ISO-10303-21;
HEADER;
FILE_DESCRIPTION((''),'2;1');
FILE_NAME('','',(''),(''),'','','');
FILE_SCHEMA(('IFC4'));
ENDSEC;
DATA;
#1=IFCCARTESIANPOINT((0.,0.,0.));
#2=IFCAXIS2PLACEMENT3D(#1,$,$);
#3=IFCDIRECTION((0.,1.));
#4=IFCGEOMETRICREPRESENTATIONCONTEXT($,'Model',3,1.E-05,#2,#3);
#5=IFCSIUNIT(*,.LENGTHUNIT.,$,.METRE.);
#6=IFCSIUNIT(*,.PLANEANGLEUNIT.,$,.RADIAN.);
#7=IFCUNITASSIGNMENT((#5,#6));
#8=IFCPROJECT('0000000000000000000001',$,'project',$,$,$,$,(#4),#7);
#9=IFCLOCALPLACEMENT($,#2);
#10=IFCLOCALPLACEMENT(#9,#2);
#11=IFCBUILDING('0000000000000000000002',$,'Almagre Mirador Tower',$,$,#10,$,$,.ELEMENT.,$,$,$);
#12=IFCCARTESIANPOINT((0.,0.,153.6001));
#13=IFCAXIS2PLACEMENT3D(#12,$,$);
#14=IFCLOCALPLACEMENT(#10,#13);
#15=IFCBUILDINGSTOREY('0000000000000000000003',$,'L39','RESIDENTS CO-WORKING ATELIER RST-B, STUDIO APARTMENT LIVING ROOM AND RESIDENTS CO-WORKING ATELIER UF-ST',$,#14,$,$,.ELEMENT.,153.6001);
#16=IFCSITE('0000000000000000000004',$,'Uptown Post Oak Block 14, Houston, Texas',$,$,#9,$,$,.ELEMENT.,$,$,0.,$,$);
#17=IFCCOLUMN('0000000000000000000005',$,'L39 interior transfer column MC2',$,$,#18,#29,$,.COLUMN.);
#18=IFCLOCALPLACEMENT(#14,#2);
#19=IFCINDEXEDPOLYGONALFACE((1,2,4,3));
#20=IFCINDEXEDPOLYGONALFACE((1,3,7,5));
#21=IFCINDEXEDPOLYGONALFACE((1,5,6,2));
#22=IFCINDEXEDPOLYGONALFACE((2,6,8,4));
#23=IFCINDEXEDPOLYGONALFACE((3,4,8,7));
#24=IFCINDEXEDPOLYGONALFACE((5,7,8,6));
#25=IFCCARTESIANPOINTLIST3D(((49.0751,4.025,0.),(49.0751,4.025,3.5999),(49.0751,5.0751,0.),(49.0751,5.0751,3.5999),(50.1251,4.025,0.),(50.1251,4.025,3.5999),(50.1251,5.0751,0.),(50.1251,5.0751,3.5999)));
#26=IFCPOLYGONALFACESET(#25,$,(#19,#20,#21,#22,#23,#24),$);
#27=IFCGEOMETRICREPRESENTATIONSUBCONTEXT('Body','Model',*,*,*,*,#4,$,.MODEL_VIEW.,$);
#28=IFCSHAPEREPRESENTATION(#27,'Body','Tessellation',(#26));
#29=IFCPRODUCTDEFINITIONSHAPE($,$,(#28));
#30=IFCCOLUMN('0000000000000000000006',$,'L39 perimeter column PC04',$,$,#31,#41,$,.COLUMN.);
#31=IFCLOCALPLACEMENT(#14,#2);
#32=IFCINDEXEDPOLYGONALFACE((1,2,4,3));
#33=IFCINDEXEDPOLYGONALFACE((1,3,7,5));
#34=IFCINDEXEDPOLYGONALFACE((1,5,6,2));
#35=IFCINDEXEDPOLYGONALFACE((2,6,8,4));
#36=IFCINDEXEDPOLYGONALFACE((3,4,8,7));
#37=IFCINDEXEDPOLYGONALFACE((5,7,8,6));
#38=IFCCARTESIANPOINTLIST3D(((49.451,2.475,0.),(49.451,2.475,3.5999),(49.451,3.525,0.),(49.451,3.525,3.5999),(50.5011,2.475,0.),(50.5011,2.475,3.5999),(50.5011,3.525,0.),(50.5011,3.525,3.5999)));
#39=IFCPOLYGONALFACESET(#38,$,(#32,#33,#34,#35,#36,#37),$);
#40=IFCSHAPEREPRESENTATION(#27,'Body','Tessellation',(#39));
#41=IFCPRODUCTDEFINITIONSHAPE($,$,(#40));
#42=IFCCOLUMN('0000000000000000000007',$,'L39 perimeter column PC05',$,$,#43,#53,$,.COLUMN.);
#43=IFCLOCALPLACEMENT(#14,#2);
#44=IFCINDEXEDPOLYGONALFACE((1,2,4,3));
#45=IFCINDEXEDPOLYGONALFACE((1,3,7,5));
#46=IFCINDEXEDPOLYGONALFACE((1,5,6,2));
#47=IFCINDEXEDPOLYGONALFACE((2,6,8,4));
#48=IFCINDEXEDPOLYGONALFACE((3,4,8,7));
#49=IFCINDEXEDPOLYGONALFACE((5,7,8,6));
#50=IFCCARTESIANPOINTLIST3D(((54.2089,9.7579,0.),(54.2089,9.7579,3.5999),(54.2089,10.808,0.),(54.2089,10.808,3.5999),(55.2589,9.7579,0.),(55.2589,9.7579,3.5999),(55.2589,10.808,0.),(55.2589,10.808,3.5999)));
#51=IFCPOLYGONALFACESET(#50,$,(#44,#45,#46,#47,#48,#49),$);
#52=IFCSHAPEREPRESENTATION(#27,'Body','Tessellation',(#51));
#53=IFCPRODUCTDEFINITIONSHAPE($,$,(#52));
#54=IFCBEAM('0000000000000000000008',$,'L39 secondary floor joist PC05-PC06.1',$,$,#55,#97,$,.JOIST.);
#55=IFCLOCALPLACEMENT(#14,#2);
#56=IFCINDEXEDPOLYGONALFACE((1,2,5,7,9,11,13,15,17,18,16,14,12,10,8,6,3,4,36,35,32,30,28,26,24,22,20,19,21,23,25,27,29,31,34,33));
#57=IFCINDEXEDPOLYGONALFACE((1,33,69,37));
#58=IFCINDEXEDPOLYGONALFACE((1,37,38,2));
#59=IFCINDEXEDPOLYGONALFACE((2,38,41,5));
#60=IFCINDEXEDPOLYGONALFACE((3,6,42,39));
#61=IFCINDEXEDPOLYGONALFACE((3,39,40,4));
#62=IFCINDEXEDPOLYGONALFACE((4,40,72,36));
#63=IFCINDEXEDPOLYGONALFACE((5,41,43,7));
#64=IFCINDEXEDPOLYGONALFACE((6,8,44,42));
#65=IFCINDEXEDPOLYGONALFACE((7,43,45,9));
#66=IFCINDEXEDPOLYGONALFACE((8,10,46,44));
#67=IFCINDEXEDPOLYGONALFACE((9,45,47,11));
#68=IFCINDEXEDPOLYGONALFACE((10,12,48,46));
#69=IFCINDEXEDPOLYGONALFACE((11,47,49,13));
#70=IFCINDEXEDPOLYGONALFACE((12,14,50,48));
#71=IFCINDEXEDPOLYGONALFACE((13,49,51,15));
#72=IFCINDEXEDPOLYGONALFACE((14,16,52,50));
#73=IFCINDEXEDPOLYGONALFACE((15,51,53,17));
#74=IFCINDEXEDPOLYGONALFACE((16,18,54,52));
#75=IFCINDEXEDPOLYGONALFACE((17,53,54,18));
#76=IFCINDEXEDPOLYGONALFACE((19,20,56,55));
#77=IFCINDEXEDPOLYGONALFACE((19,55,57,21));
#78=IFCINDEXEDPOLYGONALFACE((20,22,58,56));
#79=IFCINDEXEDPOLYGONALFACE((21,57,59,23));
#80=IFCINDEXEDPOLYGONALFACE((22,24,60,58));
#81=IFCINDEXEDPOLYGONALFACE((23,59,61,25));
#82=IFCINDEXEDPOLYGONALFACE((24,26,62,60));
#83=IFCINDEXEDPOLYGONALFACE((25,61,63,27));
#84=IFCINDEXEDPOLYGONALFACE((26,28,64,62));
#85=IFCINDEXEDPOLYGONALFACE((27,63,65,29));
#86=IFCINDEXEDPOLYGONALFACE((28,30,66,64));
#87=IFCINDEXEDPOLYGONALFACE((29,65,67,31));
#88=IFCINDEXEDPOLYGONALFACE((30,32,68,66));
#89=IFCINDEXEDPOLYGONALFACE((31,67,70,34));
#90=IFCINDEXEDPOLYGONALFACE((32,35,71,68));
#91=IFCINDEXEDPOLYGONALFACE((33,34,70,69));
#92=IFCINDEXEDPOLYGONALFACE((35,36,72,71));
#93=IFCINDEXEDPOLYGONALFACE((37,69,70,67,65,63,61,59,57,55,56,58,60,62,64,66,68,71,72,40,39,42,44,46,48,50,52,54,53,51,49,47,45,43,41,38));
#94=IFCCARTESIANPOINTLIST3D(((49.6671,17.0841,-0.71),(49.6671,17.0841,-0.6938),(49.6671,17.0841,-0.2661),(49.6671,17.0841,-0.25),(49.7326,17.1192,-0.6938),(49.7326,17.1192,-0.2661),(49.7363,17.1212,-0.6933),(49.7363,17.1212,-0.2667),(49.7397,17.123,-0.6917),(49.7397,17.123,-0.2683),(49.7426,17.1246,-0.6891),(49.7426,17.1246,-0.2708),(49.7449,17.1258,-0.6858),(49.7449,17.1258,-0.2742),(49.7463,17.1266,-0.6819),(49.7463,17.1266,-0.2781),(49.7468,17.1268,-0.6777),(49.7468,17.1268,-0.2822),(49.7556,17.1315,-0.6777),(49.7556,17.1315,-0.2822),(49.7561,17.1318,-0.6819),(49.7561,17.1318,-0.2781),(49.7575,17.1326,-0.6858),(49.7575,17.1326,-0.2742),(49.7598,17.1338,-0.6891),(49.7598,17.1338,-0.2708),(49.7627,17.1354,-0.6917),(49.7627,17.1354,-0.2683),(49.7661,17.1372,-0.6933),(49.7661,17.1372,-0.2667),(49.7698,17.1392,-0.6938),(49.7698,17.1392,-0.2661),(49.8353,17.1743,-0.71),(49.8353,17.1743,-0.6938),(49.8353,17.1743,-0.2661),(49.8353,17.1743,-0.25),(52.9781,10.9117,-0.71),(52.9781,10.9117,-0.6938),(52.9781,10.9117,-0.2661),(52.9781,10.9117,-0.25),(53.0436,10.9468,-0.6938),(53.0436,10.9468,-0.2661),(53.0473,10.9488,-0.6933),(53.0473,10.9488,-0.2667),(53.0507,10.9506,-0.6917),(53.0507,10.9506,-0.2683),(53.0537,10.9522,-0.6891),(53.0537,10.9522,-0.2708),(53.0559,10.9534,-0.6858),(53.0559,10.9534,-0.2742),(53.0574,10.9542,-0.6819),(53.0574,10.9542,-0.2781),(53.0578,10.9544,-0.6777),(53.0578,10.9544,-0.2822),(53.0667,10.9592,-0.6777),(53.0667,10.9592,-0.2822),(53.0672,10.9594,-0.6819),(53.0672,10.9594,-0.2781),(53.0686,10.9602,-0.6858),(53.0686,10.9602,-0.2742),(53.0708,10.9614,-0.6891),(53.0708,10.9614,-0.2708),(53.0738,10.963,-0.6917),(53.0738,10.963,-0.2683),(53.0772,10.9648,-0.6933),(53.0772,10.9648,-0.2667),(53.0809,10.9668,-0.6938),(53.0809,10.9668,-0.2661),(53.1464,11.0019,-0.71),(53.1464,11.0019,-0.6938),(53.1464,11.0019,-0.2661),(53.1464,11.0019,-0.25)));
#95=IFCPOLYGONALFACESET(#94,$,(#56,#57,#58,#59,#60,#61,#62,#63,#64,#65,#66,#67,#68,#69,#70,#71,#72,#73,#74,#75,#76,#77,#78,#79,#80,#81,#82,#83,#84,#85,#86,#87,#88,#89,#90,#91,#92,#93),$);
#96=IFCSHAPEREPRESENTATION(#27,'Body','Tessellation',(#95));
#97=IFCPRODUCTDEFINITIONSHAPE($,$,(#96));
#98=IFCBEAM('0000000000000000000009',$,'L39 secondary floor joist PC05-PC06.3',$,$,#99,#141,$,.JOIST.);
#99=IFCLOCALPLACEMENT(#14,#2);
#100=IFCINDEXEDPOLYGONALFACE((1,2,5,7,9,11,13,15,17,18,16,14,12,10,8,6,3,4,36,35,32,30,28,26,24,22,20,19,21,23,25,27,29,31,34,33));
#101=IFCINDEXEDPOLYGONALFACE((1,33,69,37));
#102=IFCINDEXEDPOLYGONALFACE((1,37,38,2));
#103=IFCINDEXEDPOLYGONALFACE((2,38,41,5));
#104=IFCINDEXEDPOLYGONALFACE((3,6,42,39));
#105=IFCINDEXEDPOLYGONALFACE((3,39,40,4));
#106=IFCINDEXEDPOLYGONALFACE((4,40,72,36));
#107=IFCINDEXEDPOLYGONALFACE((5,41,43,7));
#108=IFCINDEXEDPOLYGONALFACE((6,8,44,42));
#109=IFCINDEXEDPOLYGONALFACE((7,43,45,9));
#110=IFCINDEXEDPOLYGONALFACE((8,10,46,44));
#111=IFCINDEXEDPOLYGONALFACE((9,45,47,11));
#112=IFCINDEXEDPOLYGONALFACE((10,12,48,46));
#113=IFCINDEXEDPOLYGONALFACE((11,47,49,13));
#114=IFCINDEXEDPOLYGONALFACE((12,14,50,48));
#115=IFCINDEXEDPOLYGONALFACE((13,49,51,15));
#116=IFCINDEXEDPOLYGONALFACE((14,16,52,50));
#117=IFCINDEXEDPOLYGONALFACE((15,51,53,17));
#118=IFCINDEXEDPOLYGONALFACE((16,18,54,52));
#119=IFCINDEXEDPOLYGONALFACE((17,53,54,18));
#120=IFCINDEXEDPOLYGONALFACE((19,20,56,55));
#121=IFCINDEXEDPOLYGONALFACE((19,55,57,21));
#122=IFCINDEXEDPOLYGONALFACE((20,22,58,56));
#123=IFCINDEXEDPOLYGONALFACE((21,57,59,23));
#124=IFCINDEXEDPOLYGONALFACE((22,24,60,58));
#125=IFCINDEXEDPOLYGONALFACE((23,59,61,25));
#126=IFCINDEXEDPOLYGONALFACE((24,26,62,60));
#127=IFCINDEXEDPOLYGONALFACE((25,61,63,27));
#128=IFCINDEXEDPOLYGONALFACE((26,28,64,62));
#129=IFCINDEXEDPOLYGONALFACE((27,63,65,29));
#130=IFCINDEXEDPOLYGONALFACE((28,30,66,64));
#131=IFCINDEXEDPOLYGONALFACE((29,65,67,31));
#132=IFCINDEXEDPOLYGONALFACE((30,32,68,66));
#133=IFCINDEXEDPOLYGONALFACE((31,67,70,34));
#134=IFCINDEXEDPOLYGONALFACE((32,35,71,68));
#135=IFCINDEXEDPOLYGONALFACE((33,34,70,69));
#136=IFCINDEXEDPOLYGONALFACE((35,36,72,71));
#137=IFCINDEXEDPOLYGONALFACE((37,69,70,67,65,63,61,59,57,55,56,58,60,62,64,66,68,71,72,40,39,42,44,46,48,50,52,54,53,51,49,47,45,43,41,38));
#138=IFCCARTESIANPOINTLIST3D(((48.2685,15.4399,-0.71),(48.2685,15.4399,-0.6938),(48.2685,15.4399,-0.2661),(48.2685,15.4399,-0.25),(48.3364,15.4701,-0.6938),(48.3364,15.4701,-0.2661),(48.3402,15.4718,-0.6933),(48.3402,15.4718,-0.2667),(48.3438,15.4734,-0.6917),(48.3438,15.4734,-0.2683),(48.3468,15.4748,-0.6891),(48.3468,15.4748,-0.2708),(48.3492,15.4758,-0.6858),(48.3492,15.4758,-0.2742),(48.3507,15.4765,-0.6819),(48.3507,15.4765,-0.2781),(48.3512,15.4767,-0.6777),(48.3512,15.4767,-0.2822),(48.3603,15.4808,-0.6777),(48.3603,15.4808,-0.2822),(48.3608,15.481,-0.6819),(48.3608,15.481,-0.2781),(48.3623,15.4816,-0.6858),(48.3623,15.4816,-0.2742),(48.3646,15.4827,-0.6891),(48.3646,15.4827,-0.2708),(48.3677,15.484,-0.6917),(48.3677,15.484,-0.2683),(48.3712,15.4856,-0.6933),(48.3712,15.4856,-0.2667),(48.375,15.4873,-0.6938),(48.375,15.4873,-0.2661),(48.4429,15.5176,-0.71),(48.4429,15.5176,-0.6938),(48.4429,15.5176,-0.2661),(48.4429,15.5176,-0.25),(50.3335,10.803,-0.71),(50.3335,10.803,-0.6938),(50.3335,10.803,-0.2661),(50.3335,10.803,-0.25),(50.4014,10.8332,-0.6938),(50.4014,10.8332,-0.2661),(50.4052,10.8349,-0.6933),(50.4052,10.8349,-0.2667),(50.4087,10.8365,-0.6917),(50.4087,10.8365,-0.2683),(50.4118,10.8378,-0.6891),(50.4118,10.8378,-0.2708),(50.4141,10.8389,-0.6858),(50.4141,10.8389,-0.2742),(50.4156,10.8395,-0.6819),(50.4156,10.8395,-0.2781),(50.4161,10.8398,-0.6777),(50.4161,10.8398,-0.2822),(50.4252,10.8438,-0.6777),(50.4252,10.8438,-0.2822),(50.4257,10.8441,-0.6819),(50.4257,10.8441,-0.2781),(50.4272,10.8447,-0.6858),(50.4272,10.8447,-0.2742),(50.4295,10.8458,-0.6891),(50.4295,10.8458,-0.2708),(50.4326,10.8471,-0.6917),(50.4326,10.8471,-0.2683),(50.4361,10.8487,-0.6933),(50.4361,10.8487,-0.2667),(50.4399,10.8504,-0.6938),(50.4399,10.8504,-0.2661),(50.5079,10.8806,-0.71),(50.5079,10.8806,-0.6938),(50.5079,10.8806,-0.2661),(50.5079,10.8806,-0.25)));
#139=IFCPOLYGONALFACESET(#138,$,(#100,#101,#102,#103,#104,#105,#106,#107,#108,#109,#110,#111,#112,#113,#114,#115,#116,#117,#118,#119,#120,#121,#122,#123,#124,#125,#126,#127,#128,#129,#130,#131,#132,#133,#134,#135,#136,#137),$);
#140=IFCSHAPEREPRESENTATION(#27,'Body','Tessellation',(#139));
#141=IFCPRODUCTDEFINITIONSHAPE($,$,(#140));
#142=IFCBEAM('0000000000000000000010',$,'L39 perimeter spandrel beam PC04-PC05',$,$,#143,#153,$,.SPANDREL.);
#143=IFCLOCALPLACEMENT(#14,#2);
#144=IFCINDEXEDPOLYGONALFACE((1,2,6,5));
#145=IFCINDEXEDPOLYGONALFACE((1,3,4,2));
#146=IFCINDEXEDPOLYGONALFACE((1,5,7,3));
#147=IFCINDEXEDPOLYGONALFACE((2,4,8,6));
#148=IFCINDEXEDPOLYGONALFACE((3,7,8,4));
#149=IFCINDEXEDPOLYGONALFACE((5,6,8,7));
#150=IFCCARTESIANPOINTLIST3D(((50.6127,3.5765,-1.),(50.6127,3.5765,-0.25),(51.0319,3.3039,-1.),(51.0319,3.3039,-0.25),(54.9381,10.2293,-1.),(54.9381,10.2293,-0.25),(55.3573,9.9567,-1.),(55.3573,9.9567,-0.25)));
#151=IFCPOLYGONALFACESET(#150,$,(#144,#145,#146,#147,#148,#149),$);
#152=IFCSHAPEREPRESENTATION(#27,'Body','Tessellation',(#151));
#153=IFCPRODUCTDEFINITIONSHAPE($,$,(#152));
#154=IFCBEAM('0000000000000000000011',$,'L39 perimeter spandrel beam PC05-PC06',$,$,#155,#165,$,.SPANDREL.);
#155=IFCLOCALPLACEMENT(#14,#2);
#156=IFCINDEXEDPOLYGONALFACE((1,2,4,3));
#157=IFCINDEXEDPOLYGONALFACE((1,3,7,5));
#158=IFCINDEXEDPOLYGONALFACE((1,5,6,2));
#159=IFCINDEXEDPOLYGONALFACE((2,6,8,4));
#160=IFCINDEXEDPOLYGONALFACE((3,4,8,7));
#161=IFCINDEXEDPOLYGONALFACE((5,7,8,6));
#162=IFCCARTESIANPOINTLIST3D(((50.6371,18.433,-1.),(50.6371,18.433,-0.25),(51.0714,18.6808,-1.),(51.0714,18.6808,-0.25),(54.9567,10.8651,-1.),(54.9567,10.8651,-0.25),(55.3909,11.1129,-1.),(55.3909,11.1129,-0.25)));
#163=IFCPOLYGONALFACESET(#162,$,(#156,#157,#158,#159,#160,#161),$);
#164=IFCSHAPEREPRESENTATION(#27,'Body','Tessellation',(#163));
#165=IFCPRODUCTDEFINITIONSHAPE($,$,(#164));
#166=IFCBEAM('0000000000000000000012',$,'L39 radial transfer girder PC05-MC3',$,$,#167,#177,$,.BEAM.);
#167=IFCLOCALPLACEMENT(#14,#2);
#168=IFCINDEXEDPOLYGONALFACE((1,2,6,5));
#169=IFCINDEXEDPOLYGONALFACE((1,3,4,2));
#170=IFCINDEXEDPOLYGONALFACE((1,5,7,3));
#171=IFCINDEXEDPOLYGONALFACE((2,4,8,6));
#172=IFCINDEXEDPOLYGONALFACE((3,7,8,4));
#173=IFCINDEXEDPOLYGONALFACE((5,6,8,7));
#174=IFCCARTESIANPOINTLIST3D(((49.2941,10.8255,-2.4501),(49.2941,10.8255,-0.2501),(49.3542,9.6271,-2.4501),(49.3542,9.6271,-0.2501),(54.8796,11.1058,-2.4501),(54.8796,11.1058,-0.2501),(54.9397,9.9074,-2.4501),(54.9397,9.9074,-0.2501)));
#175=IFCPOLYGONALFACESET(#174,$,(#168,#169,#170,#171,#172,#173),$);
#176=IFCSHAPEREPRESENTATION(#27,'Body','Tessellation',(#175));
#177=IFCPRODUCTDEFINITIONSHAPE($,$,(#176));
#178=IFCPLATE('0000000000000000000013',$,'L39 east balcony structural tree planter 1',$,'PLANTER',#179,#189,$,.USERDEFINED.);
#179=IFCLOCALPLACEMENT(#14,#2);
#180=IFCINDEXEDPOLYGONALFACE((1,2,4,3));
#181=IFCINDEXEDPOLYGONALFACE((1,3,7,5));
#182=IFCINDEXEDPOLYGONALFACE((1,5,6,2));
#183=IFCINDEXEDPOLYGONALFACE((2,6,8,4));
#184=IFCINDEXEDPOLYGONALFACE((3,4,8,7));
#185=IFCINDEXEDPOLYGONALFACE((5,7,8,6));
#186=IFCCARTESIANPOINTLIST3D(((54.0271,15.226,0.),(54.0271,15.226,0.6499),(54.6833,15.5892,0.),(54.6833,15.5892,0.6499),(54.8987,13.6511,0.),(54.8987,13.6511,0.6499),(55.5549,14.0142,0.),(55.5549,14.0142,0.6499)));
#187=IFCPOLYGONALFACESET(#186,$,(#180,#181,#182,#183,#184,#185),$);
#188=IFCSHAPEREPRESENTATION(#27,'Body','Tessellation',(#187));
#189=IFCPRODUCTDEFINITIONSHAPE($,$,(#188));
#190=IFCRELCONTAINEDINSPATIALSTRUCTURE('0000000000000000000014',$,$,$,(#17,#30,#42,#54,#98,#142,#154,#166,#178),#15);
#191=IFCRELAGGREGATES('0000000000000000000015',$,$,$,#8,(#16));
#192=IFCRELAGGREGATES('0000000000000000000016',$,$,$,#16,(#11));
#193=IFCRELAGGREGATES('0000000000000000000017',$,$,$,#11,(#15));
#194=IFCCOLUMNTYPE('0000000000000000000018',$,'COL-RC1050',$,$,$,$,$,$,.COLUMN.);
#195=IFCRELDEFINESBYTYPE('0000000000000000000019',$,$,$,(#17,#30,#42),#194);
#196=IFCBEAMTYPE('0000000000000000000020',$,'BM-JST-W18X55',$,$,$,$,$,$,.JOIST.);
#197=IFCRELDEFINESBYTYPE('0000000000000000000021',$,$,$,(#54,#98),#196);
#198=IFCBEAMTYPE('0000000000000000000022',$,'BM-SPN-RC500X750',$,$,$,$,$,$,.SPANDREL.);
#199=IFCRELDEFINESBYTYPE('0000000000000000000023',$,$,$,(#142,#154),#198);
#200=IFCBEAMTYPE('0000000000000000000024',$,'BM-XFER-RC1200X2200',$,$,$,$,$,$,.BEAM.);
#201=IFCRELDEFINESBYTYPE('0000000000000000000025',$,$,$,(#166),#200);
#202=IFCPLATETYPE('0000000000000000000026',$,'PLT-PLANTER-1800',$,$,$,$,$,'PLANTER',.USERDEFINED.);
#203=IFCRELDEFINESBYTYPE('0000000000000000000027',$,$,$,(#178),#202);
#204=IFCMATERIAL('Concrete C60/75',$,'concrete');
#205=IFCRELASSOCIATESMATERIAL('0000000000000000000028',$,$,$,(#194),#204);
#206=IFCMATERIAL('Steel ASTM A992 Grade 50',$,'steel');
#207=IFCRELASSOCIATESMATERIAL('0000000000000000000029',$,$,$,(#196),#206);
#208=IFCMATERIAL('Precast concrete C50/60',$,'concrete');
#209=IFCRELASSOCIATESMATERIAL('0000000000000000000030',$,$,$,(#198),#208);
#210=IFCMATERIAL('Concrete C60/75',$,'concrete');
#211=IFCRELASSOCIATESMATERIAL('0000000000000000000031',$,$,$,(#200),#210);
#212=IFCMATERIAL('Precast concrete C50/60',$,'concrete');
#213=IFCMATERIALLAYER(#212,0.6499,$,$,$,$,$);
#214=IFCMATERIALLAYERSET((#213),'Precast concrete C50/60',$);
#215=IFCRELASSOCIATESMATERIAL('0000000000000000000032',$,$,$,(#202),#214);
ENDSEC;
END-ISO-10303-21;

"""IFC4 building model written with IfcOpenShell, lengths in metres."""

from ifc_helpers import new_model, si_unit, direction, frame, origin, origin_2d, place, context, subcontext, project, spatial, rectangle, i_section, extrude, material, layer, layer_set, material_profile, profile_set, type_object, element, save


model = new_model("IFC4")

# Units and contexts
model_context = context("Model", 3, precision=1e-05, world=origin(), true_north=direction((0.0, 1.0)))
body_context = subcontext(model_context, "Body", "Model", "MODEL_VIEW")
ifc_project = project(units=[si_unit("LENGTHUNIT", "METRE"), si_unit("PLANEANGLEUNIT", "RADIAN")], contexts=[model_context])

# Site, building, storey
site_placement = place(None, origin())
site = spatial("IfcSite", under=ifc_project, at=site_placement, Name="Uptown Post Oak Block 14, Houston, Texas", CompositionType="ELEMENT", RefElevation=0.0)
building_placement = place(site_placement, origin())
building = spatial("IfcBuilding", under=site, at=building_placement, Name="Almagre Mirador Tower", CompositionType="ELEMENT")
storey_placement = place(building_placement, frame((0.0, 0.0, 153.6001)))
storey = spatial("IfcBuildingStorey", under=building, at=storey_placement, Name="L39", Description="RESIDENTS CO-WORKING ATELIER RST-B, STUDIO APARTMENT LIVING ROOM AND RESIDENTS CO-WORKING ATELIER UF-ST", CompositionType="ELEMENT", Elevation=153.6001)

# Columns
ifc_material_1 = material(Name="Concrete C60/75", Category="concrete")
ifc_material_profile_1 = material_profile(ifc_material_1, rectangle(XDim=1.05, YDim=1.05, at=origin_2d()), Name="RC1050X1050")
ifc_profile_set_1 = profile_set([ifc_material_profile_1], Name="Concrete C60/75")
column_type = type_object("IfcColumnType", Name="COL-RC1050", PredefinedType="COLUMN", material=ifc_profile_set_1)
for number, where, z_axis, x_axis, name in (
    (1, (49.6001, 4.55, 0.0), (0.0, 0.0, 1.0), (1.0, 0.0, 0.0), "L39 interior transfer column MC2"),
    (2, (49.9761, 3.0, 0.0), (0.0, 0.0, 1.0), (1.0, 0.0, 0.0), "L39 perimeter column PC04"),
    (3, (54.7339, 10.283, 0.0), (0.0, 0.0, 1.0), (1.0, 0.0, 0.0), "L39 perimeter column PC05"),
):
    element("IfcColumn", number, at=place(storey_placement, frame(where, z_axis=z_axis, x_axis=x_axis)), inside=storey, type_object=column_type, Name=name, PredefinedType="COLUMN", context=body_context, shape_type="SweptSolid", body=[
        extrude(rectangle(XDim=1.05, YDim=1.05, at=origin_2d()), origin(), (0.0, 0.0, 1.0), 3.5999),
    ])

# Beams
ifc_material_2 = material(Name="Steel ASTM A992 Grade 50", Category="steel")
ifc_material_profile_2 = material_profile(ifc_material_2, i_section(OverallWidth=0.1909, OverallDepth=0.46, WebThickness=0.01, FlangeThickness=0.0161, FilletRadius=0.0161, at=origin_2d()), Name="W18X55")
ifc_profile_set_2 = profile_set([ifc_material_profile_2], Name="Steel ASTM A992 Grade 50")
beam_type_1 = type_object("IfcBeamType", Name="BM-JST-W18X55", PredefinedType="JOIST", material=ifc_profile_set_2)
beam_1_placement = place(storey_placement, frame((53.0623, 10.9568, -0.48), z_axis=(-0.472711, 0.881218, 0.0), x_axis=(-0.881218, -0.472711, 0.0)))
element("IfcBeam", 4, at=beam_1_placement, inside=storey, type_object=beam_type_1, Name="L39 secondary floor joist PC05-PC06.1", PredefinedType="JOIST", context=body_context, shape_type="SweptSolid", body=[
    extrude(i_section(OverallWidth=0.1909, OverallDepth=0.46, WebThickness=0.01, FlangeThickness=0.0161, FilletRadius=0.0161, at=origin_2d()), origin(), (0.0, 0.0, 1.0), 7.0044),
])
beam_2_placement = place(storey_placement, frame((50.4207, 10.8418, -0.48), z_axis=(-0.406808, 0.913514, 0.0), x_axis=(-0.913514, -0.406808, 0.0)))
element("IfcBeam", 5, at=beam_2_placement, inside=storey, type_object=beam_type_1, Name="L39 secondary floor joist PC05-PC06.3", PredefinedType="JOIST", context=body_context, shape_type="SweptSolid", body=[
    extrude(i_section(OverallWidth=0.1909, OverallDepth=0.46, WebThickness=0.01, FlangeThickness=0.0161, FilletRadius=0.0161, at=origin_2d()), origin(), (0.0, 0.0, 1.0), 5.0759),
])
ifc_material_3 = material(Name="Precast concrete C50/60", Category="concrete")
ifc_material_profile_3 = material_profile(ifc_material_3, rectangle(XDim=0.5, YDim=0.75, at=origin_2d()), Name="RC500X750")
ifc_profile_set_3 = profile_set([ifc_material_profile_3], Name="Precast concrete C50/60")
beam_type_2 = type_object("IfcBeamType", Name="BM-SPN-RC500X750", PredefinedType="SPANDREL", material=ifc_profile_set_3)
beam_3_placement = place(storey_placement, frame((50.8223, 3.4402, -0.625), z_axis=(0.545086, 0.83838, 0.0), x_axis=(-0.83838, 0.545086, 0.0)))
element("IfcBeam", 6, at=beam_3_placement, inside=storey, type_object=beam_type_2, Name="L39 perimeter spandrel beam PC04-PC05", PredefinedType="SPANDREL", context=body_context, shape_type="SweptSolid", body=[
    extrude(rectangle(XDim=0.5, YDim=0.75, at=origin_2d()), origin(), (0.0, 0.0, 1.0), 7.9353),
])
beam_4_placement = place(storey_placement, frame((55.1738, 10.989, -0.625), z_axis=(-0.495713, 0.868486, 0.0), x_axis=(-0.868486, -0.495713, 0.0)))
element("IfcBeam", 7, at=beam_4_placement, inside=storey, type_object=beam_type_2, Name="L39 perimeter spandrel beam PC05-PC06", PredefinedType="SPANDREL", context=body_context, shape_type="SweptSolid", body=[
    extrude(rectangle(XDim=0.5, YDim=0.75, at=origin_2d()), origin(), (0.0, 0.0, 1.0), 8.7139),
])
ifc_material_4 = material(Name="Concrete C60/75", Category="concrete")
ifc_material_profile_4 = material_profile(ifc_material_4, rectangle(XDim=1.2, YDim=2.2, at=origin_2d()), Name="RC1200X2200")
ifc_profile_set_4 = profile_set([ifc_material_profile_4], Name="Concrete C60/75")
beam_type_3 = type_object("IfcBeamType", Name="BM-XFER-RC1200X2200", PredefinedType="BEAM", material=ifc_profile_set_4)
beam_5_placement = place(storey_placement, frame((54.9097, 10.5066, -1.3501), z_axis=(-0.998743, -0.050116, 0.0), x_axis=(0.050116, -0.998743, 0.0)))
element("IfcBeam", 8, at=beam_5_placement, inside=storey, type_object=beam_type_3, Name="L39 radial transfer girder PC05-MC3", PredefinedType="BEAM", context=body_context, shape_type="SweptSolid", body=[
    extrude(rectangle(XDim=1.2, YDim=2.2, at=origin_2d()), origin(), (0.0, 0.0, 1.0), 5.5925),
])

# Plate
ifc_material_5 = material(Name="Precast concrete C50/60", Category="concrete")
ifc_layer_1 = layer(ifc_material_5, 0.6499)
ifc_layer_set_1 = layer_set([ifc_layer_1], Name="Precast concrete C50/60")
plate_type = type_object("IfcPlateType", Name="PLT-PLANTER-1800", ElementType="PLANTER", PredefinedType="USERDEFINED", material=ifc_layer_set_1)
plate_placement = place(storey_placement, frame((54.791, 14.6201, 0.0), z_axis=(0.0, 0.0, 1.0), x_axis=(-0.484199, 0.874958, 0.0)))
element("IfcPlate", 9, at=plate_placement, inside=storey, type_object=plate_type, Name="L39 east balcony structural tree planter 1", ObjectType="PLANTER", PredefinedType="USERDEFINED", context=body_context, shape_type="SweptSolid", body=[
    extrude(rectangle(XDim=1.8, YDim=0.75, at=origin_2d()), origin(), (0.0, 0.0, 1.0), 0.6499),
])

save(model, "model.ifc")
